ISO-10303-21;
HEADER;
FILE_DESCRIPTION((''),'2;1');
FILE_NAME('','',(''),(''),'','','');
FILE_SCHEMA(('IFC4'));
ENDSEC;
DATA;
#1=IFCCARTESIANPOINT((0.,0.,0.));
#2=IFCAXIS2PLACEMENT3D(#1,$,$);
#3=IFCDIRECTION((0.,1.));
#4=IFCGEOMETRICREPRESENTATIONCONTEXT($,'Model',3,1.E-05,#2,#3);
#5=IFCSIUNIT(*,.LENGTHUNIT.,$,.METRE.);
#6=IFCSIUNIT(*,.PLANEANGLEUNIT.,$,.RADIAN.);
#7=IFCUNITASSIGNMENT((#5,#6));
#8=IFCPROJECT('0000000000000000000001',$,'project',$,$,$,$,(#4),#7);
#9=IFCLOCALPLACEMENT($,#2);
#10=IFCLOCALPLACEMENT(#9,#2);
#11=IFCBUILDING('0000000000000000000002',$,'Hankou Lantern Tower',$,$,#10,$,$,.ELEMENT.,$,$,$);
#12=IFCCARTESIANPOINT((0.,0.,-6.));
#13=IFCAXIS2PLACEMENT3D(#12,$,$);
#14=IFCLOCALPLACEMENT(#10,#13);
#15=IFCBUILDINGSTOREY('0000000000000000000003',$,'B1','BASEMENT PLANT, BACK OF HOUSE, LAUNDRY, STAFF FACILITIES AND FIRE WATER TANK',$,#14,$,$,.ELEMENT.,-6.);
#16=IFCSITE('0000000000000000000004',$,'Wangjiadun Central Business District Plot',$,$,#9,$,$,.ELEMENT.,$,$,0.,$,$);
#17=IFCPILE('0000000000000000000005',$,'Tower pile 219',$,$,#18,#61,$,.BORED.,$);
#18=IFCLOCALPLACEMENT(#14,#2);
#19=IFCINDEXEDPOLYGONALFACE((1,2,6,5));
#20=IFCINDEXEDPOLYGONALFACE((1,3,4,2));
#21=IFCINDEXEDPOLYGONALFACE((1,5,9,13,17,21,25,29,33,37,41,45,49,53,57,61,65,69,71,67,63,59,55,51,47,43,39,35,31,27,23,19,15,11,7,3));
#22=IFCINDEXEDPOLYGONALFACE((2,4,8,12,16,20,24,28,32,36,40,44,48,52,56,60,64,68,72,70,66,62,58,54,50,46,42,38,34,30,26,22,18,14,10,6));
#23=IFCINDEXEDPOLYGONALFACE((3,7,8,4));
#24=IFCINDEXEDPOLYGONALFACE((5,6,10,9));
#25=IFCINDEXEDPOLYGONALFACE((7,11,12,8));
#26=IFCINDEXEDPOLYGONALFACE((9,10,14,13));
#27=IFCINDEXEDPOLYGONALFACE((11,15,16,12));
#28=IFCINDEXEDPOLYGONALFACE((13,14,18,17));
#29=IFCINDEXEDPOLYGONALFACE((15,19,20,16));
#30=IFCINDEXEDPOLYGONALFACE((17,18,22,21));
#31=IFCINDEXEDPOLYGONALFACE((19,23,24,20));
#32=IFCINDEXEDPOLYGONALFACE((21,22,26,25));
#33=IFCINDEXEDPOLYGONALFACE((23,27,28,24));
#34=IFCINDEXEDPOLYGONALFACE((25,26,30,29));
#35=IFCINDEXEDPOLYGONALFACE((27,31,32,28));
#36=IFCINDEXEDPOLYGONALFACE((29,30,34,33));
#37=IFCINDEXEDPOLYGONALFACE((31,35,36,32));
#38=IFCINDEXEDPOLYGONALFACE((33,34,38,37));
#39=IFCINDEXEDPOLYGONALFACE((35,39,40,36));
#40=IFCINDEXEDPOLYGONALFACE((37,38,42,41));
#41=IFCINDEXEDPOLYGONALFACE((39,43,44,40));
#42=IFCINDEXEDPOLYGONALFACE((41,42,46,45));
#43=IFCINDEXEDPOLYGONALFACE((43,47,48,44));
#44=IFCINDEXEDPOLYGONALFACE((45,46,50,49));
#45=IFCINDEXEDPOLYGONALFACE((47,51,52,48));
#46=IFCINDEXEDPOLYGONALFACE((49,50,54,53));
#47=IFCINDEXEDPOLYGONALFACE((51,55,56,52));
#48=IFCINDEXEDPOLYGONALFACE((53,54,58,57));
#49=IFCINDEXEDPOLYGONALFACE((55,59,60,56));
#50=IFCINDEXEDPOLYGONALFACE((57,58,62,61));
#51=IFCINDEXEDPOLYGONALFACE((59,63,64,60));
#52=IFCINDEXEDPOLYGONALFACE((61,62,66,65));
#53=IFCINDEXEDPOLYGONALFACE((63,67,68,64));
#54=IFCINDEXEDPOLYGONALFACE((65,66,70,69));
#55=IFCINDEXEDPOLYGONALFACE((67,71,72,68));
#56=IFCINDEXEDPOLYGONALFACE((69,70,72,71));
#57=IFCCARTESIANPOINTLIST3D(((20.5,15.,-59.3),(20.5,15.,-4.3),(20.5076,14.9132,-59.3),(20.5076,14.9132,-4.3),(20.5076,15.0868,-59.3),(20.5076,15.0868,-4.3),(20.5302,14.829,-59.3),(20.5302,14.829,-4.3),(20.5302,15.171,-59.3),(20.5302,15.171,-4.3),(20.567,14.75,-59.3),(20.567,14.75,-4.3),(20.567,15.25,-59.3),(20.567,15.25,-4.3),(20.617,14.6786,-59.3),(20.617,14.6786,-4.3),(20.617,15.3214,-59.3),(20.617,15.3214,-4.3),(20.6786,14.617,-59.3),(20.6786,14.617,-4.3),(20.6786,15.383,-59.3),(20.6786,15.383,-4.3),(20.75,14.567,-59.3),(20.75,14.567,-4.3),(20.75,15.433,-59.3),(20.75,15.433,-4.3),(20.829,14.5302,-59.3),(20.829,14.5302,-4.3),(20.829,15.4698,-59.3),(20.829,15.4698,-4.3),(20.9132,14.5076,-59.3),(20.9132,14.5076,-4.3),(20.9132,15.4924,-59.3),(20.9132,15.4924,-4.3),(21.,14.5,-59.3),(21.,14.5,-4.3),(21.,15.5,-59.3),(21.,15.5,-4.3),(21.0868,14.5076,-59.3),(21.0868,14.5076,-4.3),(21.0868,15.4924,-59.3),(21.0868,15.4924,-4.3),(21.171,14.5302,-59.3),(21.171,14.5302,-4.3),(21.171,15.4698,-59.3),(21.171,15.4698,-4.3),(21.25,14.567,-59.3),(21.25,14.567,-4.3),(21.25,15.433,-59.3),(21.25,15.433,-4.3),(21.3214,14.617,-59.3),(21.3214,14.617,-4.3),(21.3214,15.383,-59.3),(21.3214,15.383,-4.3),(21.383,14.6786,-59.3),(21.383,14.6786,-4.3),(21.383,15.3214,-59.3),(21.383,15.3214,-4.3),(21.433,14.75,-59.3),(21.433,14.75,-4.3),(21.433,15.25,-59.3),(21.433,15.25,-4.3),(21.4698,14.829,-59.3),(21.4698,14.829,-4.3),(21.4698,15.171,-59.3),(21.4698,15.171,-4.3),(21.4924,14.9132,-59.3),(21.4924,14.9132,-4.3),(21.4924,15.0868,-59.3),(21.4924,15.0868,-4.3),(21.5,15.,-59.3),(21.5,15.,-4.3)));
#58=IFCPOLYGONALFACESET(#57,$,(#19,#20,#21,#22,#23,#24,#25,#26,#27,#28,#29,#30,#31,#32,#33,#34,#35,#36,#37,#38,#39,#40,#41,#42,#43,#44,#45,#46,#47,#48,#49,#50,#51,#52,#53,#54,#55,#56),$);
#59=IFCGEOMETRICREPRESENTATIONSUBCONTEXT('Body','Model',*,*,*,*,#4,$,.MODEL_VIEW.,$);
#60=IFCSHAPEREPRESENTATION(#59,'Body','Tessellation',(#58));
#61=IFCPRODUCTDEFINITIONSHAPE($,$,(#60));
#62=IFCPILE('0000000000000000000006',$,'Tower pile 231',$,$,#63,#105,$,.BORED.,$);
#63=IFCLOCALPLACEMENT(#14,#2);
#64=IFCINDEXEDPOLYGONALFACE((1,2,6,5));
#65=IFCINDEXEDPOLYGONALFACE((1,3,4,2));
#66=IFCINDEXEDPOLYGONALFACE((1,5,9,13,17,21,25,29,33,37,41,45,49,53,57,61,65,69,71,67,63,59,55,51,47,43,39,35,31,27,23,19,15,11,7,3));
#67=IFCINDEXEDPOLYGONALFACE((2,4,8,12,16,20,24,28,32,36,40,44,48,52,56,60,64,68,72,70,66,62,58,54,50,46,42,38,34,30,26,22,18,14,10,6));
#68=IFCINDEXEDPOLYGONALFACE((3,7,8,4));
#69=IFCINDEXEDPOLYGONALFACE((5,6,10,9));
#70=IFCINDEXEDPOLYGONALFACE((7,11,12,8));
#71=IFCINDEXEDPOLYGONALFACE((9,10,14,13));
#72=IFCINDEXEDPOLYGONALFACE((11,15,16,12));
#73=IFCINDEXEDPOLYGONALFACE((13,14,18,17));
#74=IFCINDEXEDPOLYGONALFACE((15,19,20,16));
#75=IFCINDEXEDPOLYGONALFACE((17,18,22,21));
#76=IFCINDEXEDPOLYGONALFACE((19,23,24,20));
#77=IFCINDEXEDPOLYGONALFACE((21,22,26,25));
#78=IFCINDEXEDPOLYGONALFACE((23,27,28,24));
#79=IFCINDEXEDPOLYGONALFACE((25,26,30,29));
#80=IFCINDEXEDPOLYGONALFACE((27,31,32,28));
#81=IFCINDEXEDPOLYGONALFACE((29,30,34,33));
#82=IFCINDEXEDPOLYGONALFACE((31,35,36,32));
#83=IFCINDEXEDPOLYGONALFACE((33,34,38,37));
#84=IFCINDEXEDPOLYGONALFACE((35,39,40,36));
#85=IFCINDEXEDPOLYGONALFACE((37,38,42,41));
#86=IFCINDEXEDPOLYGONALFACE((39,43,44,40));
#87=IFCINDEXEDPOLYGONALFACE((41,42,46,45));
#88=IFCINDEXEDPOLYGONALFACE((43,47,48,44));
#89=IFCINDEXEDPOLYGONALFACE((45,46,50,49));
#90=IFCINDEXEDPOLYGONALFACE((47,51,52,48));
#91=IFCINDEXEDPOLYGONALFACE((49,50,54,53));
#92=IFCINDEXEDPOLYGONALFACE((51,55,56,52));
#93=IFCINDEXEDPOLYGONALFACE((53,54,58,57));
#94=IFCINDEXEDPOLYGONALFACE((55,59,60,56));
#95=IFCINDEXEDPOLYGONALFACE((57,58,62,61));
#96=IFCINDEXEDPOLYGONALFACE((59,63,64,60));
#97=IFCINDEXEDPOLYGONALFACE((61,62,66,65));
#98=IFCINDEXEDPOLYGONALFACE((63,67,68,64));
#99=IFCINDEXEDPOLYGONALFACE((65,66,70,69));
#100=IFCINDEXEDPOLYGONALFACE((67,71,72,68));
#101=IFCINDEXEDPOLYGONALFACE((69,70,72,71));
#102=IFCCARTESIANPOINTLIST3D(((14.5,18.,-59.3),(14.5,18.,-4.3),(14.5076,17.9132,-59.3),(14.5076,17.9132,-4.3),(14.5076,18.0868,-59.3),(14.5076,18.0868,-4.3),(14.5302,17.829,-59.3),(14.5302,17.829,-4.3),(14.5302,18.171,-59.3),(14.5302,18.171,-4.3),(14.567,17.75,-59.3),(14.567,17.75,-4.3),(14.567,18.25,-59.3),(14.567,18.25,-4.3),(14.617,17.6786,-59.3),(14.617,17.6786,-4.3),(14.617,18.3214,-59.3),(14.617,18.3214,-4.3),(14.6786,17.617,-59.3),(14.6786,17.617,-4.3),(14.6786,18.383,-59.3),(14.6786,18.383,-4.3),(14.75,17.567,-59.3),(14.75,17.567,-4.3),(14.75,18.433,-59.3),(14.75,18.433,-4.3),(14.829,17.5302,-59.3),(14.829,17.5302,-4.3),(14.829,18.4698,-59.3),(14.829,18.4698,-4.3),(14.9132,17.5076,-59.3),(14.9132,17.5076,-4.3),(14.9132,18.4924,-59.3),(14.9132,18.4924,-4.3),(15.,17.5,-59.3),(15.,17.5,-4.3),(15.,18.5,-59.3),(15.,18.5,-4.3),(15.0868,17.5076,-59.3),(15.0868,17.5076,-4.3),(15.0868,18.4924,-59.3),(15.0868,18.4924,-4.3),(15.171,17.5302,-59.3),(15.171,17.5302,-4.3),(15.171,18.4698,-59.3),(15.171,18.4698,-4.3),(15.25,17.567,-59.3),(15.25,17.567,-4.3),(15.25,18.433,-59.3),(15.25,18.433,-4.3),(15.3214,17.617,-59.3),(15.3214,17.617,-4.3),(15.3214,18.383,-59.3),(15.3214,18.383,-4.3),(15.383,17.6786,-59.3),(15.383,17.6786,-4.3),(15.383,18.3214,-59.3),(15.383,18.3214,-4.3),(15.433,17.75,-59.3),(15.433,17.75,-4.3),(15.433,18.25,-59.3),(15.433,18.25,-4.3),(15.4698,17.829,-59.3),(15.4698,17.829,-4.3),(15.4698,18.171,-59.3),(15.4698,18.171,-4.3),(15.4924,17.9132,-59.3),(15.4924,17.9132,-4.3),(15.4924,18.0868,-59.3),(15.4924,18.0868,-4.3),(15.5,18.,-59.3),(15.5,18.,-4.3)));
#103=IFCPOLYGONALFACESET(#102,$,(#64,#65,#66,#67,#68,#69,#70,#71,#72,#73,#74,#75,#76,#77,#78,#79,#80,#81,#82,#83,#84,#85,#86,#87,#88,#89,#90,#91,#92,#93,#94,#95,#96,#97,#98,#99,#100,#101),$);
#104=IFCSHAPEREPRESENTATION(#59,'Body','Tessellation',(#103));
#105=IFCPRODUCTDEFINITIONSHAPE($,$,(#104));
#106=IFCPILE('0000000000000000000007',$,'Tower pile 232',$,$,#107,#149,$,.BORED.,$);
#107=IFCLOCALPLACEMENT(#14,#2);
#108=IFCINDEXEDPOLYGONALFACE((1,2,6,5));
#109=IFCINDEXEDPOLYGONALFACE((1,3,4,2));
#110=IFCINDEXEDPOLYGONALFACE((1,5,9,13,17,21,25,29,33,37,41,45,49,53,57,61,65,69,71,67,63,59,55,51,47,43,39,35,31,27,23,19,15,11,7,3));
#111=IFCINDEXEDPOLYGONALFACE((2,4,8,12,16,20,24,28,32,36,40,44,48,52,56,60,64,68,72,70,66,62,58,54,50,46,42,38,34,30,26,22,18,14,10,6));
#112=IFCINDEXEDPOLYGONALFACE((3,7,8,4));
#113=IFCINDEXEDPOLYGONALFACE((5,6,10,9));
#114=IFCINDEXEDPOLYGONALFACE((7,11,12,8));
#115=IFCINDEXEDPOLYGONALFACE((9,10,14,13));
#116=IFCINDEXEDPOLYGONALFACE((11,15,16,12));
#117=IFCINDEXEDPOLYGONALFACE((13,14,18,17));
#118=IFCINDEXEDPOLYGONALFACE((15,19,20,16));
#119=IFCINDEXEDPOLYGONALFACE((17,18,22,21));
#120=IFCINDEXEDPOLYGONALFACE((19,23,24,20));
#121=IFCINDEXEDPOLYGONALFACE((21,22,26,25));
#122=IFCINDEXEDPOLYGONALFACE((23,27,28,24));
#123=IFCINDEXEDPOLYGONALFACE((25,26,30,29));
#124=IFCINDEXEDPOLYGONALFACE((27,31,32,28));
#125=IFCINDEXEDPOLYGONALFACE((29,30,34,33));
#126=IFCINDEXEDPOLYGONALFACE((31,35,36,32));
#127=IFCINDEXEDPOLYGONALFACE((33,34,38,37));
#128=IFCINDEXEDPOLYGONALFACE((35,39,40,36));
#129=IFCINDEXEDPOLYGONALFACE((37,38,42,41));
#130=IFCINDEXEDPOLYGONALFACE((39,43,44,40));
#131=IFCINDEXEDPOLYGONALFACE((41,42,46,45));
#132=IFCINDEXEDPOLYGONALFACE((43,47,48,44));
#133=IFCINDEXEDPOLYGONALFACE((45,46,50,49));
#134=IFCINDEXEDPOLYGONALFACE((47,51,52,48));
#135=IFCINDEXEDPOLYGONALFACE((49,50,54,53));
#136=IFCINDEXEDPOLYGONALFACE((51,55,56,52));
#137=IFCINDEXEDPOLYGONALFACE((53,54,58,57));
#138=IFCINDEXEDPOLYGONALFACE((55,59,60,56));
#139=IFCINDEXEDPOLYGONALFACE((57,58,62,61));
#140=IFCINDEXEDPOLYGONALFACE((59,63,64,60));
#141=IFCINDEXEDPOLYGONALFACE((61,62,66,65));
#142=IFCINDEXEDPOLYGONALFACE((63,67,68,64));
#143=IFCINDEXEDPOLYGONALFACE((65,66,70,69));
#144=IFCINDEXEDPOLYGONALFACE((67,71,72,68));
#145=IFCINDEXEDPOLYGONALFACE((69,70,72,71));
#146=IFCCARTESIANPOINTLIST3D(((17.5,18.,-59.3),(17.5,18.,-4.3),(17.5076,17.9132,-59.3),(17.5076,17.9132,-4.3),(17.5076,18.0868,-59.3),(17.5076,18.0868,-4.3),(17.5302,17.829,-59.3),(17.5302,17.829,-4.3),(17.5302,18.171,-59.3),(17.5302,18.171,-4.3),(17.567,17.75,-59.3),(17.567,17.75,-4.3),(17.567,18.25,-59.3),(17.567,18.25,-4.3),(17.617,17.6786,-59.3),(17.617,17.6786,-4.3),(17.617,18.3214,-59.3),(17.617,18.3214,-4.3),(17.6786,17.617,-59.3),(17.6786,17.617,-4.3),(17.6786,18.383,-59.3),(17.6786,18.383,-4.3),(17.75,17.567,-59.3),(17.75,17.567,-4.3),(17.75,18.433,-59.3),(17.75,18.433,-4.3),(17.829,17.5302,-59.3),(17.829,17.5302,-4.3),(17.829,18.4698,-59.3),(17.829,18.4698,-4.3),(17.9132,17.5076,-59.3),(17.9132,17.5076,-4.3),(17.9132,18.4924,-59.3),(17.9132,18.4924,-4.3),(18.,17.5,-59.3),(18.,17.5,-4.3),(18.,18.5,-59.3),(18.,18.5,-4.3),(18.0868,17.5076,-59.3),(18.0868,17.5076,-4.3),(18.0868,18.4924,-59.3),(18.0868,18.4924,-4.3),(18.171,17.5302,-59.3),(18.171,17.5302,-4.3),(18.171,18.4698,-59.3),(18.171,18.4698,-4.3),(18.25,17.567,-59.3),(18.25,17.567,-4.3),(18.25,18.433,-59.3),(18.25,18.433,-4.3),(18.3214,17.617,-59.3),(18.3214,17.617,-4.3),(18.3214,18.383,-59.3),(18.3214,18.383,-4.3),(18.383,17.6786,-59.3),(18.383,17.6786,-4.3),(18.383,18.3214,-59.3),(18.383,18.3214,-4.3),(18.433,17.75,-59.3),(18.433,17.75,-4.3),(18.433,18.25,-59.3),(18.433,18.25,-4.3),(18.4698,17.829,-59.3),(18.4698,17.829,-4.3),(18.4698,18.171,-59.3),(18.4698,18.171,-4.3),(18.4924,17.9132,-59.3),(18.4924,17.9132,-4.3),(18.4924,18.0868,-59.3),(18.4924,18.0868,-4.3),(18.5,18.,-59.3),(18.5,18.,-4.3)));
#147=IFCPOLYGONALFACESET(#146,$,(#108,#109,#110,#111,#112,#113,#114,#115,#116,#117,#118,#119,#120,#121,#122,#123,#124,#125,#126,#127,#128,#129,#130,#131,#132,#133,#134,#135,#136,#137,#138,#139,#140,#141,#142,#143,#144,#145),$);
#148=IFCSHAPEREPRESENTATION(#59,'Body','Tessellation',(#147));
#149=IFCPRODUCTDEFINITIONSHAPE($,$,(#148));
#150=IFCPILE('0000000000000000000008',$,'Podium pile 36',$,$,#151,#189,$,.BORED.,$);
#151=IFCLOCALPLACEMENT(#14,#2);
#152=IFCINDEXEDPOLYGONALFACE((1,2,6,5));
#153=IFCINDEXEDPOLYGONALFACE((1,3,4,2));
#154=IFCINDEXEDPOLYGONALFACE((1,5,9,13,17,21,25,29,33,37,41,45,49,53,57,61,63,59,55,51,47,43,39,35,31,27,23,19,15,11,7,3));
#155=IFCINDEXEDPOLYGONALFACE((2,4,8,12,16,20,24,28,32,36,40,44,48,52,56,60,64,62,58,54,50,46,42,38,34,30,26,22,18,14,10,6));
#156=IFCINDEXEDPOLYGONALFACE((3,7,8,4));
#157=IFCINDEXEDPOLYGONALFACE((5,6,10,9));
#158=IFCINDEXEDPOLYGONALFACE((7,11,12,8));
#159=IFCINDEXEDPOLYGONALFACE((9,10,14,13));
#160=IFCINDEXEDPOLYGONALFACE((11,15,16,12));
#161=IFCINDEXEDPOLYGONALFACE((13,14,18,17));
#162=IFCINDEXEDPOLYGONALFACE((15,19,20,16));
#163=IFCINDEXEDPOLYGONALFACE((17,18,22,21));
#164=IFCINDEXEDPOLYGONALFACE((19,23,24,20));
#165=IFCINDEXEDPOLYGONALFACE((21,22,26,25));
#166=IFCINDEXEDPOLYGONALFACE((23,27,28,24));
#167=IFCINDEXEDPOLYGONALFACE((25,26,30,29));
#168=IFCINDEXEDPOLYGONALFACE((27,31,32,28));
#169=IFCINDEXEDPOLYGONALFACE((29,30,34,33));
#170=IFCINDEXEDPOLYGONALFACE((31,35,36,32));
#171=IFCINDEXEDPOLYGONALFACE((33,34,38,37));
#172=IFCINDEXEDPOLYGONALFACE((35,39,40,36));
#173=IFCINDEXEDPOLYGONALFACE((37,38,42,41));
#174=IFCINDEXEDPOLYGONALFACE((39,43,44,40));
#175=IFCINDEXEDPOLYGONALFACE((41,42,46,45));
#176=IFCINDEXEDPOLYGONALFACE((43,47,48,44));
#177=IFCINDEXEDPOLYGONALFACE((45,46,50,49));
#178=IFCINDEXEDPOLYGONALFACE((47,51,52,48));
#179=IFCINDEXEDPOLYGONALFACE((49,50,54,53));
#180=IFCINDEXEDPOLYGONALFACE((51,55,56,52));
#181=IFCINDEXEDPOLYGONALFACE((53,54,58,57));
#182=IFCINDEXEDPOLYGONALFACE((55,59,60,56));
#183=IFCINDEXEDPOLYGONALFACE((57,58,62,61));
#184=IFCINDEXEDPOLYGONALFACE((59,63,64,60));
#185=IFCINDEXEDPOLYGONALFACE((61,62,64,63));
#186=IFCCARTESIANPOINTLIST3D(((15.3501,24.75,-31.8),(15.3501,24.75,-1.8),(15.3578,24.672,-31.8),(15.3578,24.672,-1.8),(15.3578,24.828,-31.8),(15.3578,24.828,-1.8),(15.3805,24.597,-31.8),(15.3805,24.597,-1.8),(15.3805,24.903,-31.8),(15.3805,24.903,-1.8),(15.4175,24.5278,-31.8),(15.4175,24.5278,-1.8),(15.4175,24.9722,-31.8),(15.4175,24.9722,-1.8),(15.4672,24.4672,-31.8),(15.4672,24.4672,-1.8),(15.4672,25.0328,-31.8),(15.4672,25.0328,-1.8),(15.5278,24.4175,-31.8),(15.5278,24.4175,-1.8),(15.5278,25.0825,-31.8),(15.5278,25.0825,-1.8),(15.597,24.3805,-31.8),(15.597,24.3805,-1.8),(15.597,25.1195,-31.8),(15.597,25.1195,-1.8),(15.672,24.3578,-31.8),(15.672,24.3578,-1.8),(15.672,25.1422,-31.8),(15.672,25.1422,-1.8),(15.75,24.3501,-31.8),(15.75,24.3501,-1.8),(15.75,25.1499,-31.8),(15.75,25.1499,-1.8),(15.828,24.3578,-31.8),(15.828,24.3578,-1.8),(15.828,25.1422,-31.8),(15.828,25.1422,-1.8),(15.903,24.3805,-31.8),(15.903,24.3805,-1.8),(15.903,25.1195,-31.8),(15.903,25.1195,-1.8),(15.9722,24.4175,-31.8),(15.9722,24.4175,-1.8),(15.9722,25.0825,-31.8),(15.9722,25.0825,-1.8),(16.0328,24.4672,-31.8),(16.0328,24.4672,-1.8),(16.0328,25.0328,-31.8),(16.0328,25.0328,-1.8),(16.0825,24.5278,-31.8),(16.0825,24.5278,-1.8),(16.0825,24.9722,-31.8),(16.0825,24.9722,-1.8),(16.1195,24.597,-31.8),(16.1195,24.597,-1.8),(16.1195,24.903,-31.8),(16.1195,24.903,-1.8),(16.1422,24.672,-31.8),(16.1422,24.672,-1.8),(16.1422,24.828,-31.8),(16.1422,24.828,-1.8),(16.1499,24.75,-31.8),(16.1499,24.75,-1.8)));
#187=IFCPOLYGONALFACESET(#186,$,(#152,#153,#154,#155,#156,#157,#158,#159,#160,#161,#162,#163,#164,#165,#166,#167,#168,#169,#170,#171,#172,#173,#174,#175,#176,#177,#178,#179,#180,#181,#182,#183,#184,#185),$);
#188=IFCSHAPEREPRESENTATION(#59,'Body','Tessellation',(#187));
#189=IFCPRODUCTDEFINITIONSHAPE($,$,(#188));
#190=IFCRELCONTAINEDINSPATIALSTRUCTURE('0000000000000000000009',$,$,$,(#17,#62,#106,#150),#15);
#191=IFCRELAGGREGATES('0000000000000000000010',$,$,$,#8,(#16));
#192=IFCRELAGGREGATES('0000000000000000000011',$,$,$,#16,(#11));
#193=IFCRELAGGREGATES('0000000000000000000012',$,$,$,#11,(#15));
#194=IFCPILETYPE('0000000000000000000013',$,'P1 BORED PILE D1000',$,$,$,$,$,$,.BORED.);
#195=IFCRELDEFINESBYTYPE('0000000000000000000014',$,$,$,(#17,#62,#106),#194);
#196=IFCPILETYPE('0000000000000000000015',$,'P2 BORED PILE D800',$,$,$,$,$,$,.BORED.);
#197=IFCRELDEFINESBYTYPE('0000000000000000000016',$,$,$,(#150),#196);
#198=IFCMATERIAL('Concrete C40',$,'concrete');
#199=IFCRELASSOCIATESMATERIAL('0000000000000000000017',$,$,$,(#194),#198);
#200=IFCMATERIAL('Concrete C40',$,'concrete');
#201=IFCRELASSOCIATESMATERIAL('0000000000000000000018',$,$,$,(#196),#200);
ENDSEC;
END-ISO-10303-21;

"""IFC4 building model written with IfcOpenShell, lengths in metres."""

from ifc_helpers import new_model, si_unit, direction, frame, origin, origin_2d, place, context, subcontext, project, spatial, circle, extrude, material, material_profile, profile_set, type_object, element, save


model = new_model("IFC4")

# Units and contexts
model_context = context("Model", 3, precision=1e-05, world=origin(), true_north=direction((0.0, 1.0)))
body_context = subcontext(model_context, "Body", "Model", "MODEL_VIEW")
ifc_project = project(units=[si_unit("LENGTHUNIT", "METRE"), si_unit("PLANEANGLEUNIT", "RADIAN")], contexts=[model_context])

# Site, building, storey
site_placement = place(None, origin())
site = spatial("IfcSite", under=ifc_project, at=site_placement, Name="Wangjiadun Central Business District Plot", CompositionType="ELEMENT", RefElevation=0.0)
building_placement = place(site_placement, origin())
building = spatial("IfcBuilding", under=site, at=building_placement, Name="Hankou Lantern Tower", CompositionType="ELEMENT")
storey_placement = place(building_placement, frame((0.0, 0.0, -6.0)))
storey = spatial("IfcBuildingStorey", under=building, at=storey_placement, Name="B1", Description="BASEMENT PLANT, BACK OF HOUSE, LAUNDRY, STAFF FACILITIES AND FIRE WATER TANK", CompositionType="ELEMENT", Elevation=-6.0)

# Piles
ifc_material_1 = material(Name="Concrete C40", Category="concrete")
ifc_material_profile_1 = material_profile(ifc_material_1, circle(Radius=0.5, at=origin_2d()), Name="RC D1000")
ifc_profile_set_1 = profile_set([ifc_material_profile_1], Name="Concrete C40")
pile_type_1 = type_object("IfcPileType", Name="P1 BORED PILE D1000", PredefinedType="BORED", material=ifc_profile_set_1)
for number, where, z_axis, x_axis, name in (
    (1, (21.0, 15.0, -4.3), (0.0, 0.0, -1.0), (1.0, 0.0, 0.0), "Tower pile 219"),
    (2, (15.0, 18.0, -4.3), (0.0, 0.0, -1.0), (1.0, 0.0, 0.0), "Tower pile 231"),
    (3, (18.0, 18.0, -4.3), (0.0, 0.0, -1.0), (1.0, 0.0, 0.0), "Tower pile 232"),
):
    element("IfcPile", number, at=place(storey_placement, frame(where, z_axis=z_axis, x_axis=x_axis)), inside=storey, type_object=pile_type_1, Name=name, PredefinedType="BORED", context=body_context, shape_type="SweptSolid", body=[
        extrude(circle(Radius=0.5, at=origin_2d()), origin(), (0.0, 0.0, 1.0), 55.0),
    ])
ifc_material_2 = material(Name="Concrete C40", Category="concrete")
ifc_material_profile_2 = material_profile(ifc_material_2, circle(Radius=0.3999, at=origin_2d()), Name="RC D800")
ifc_profile_set_2 = profile_set([ifc_material_profile_2], Name="Concrete C40")
pile_type_2 = type_object("IfcPileType", Name="P2 BORED PILE D800", PredefinedType="BORED", material=ifc_profile_set_2)
pile_placement = place(storey_placement, frame((15.75, 24.75, -1.8), z_axis=(0.0, 0.0, -1.0), x_axis=(1.0, 0.0, 0.0)))
element("IfcPile", 4, at=pile_placement, inside=storey, type_object=pile_type_2, Name="Podium pile 36", PredefinedType="BORED", context=body_context, shape_type="SweptSolid", body=[
    extrude(circle(Radius=0.3999, at=origin_2d()), origin(), (0.0, 0.0, 1.0), 30.0),
])

save(model, "model.ifc")
